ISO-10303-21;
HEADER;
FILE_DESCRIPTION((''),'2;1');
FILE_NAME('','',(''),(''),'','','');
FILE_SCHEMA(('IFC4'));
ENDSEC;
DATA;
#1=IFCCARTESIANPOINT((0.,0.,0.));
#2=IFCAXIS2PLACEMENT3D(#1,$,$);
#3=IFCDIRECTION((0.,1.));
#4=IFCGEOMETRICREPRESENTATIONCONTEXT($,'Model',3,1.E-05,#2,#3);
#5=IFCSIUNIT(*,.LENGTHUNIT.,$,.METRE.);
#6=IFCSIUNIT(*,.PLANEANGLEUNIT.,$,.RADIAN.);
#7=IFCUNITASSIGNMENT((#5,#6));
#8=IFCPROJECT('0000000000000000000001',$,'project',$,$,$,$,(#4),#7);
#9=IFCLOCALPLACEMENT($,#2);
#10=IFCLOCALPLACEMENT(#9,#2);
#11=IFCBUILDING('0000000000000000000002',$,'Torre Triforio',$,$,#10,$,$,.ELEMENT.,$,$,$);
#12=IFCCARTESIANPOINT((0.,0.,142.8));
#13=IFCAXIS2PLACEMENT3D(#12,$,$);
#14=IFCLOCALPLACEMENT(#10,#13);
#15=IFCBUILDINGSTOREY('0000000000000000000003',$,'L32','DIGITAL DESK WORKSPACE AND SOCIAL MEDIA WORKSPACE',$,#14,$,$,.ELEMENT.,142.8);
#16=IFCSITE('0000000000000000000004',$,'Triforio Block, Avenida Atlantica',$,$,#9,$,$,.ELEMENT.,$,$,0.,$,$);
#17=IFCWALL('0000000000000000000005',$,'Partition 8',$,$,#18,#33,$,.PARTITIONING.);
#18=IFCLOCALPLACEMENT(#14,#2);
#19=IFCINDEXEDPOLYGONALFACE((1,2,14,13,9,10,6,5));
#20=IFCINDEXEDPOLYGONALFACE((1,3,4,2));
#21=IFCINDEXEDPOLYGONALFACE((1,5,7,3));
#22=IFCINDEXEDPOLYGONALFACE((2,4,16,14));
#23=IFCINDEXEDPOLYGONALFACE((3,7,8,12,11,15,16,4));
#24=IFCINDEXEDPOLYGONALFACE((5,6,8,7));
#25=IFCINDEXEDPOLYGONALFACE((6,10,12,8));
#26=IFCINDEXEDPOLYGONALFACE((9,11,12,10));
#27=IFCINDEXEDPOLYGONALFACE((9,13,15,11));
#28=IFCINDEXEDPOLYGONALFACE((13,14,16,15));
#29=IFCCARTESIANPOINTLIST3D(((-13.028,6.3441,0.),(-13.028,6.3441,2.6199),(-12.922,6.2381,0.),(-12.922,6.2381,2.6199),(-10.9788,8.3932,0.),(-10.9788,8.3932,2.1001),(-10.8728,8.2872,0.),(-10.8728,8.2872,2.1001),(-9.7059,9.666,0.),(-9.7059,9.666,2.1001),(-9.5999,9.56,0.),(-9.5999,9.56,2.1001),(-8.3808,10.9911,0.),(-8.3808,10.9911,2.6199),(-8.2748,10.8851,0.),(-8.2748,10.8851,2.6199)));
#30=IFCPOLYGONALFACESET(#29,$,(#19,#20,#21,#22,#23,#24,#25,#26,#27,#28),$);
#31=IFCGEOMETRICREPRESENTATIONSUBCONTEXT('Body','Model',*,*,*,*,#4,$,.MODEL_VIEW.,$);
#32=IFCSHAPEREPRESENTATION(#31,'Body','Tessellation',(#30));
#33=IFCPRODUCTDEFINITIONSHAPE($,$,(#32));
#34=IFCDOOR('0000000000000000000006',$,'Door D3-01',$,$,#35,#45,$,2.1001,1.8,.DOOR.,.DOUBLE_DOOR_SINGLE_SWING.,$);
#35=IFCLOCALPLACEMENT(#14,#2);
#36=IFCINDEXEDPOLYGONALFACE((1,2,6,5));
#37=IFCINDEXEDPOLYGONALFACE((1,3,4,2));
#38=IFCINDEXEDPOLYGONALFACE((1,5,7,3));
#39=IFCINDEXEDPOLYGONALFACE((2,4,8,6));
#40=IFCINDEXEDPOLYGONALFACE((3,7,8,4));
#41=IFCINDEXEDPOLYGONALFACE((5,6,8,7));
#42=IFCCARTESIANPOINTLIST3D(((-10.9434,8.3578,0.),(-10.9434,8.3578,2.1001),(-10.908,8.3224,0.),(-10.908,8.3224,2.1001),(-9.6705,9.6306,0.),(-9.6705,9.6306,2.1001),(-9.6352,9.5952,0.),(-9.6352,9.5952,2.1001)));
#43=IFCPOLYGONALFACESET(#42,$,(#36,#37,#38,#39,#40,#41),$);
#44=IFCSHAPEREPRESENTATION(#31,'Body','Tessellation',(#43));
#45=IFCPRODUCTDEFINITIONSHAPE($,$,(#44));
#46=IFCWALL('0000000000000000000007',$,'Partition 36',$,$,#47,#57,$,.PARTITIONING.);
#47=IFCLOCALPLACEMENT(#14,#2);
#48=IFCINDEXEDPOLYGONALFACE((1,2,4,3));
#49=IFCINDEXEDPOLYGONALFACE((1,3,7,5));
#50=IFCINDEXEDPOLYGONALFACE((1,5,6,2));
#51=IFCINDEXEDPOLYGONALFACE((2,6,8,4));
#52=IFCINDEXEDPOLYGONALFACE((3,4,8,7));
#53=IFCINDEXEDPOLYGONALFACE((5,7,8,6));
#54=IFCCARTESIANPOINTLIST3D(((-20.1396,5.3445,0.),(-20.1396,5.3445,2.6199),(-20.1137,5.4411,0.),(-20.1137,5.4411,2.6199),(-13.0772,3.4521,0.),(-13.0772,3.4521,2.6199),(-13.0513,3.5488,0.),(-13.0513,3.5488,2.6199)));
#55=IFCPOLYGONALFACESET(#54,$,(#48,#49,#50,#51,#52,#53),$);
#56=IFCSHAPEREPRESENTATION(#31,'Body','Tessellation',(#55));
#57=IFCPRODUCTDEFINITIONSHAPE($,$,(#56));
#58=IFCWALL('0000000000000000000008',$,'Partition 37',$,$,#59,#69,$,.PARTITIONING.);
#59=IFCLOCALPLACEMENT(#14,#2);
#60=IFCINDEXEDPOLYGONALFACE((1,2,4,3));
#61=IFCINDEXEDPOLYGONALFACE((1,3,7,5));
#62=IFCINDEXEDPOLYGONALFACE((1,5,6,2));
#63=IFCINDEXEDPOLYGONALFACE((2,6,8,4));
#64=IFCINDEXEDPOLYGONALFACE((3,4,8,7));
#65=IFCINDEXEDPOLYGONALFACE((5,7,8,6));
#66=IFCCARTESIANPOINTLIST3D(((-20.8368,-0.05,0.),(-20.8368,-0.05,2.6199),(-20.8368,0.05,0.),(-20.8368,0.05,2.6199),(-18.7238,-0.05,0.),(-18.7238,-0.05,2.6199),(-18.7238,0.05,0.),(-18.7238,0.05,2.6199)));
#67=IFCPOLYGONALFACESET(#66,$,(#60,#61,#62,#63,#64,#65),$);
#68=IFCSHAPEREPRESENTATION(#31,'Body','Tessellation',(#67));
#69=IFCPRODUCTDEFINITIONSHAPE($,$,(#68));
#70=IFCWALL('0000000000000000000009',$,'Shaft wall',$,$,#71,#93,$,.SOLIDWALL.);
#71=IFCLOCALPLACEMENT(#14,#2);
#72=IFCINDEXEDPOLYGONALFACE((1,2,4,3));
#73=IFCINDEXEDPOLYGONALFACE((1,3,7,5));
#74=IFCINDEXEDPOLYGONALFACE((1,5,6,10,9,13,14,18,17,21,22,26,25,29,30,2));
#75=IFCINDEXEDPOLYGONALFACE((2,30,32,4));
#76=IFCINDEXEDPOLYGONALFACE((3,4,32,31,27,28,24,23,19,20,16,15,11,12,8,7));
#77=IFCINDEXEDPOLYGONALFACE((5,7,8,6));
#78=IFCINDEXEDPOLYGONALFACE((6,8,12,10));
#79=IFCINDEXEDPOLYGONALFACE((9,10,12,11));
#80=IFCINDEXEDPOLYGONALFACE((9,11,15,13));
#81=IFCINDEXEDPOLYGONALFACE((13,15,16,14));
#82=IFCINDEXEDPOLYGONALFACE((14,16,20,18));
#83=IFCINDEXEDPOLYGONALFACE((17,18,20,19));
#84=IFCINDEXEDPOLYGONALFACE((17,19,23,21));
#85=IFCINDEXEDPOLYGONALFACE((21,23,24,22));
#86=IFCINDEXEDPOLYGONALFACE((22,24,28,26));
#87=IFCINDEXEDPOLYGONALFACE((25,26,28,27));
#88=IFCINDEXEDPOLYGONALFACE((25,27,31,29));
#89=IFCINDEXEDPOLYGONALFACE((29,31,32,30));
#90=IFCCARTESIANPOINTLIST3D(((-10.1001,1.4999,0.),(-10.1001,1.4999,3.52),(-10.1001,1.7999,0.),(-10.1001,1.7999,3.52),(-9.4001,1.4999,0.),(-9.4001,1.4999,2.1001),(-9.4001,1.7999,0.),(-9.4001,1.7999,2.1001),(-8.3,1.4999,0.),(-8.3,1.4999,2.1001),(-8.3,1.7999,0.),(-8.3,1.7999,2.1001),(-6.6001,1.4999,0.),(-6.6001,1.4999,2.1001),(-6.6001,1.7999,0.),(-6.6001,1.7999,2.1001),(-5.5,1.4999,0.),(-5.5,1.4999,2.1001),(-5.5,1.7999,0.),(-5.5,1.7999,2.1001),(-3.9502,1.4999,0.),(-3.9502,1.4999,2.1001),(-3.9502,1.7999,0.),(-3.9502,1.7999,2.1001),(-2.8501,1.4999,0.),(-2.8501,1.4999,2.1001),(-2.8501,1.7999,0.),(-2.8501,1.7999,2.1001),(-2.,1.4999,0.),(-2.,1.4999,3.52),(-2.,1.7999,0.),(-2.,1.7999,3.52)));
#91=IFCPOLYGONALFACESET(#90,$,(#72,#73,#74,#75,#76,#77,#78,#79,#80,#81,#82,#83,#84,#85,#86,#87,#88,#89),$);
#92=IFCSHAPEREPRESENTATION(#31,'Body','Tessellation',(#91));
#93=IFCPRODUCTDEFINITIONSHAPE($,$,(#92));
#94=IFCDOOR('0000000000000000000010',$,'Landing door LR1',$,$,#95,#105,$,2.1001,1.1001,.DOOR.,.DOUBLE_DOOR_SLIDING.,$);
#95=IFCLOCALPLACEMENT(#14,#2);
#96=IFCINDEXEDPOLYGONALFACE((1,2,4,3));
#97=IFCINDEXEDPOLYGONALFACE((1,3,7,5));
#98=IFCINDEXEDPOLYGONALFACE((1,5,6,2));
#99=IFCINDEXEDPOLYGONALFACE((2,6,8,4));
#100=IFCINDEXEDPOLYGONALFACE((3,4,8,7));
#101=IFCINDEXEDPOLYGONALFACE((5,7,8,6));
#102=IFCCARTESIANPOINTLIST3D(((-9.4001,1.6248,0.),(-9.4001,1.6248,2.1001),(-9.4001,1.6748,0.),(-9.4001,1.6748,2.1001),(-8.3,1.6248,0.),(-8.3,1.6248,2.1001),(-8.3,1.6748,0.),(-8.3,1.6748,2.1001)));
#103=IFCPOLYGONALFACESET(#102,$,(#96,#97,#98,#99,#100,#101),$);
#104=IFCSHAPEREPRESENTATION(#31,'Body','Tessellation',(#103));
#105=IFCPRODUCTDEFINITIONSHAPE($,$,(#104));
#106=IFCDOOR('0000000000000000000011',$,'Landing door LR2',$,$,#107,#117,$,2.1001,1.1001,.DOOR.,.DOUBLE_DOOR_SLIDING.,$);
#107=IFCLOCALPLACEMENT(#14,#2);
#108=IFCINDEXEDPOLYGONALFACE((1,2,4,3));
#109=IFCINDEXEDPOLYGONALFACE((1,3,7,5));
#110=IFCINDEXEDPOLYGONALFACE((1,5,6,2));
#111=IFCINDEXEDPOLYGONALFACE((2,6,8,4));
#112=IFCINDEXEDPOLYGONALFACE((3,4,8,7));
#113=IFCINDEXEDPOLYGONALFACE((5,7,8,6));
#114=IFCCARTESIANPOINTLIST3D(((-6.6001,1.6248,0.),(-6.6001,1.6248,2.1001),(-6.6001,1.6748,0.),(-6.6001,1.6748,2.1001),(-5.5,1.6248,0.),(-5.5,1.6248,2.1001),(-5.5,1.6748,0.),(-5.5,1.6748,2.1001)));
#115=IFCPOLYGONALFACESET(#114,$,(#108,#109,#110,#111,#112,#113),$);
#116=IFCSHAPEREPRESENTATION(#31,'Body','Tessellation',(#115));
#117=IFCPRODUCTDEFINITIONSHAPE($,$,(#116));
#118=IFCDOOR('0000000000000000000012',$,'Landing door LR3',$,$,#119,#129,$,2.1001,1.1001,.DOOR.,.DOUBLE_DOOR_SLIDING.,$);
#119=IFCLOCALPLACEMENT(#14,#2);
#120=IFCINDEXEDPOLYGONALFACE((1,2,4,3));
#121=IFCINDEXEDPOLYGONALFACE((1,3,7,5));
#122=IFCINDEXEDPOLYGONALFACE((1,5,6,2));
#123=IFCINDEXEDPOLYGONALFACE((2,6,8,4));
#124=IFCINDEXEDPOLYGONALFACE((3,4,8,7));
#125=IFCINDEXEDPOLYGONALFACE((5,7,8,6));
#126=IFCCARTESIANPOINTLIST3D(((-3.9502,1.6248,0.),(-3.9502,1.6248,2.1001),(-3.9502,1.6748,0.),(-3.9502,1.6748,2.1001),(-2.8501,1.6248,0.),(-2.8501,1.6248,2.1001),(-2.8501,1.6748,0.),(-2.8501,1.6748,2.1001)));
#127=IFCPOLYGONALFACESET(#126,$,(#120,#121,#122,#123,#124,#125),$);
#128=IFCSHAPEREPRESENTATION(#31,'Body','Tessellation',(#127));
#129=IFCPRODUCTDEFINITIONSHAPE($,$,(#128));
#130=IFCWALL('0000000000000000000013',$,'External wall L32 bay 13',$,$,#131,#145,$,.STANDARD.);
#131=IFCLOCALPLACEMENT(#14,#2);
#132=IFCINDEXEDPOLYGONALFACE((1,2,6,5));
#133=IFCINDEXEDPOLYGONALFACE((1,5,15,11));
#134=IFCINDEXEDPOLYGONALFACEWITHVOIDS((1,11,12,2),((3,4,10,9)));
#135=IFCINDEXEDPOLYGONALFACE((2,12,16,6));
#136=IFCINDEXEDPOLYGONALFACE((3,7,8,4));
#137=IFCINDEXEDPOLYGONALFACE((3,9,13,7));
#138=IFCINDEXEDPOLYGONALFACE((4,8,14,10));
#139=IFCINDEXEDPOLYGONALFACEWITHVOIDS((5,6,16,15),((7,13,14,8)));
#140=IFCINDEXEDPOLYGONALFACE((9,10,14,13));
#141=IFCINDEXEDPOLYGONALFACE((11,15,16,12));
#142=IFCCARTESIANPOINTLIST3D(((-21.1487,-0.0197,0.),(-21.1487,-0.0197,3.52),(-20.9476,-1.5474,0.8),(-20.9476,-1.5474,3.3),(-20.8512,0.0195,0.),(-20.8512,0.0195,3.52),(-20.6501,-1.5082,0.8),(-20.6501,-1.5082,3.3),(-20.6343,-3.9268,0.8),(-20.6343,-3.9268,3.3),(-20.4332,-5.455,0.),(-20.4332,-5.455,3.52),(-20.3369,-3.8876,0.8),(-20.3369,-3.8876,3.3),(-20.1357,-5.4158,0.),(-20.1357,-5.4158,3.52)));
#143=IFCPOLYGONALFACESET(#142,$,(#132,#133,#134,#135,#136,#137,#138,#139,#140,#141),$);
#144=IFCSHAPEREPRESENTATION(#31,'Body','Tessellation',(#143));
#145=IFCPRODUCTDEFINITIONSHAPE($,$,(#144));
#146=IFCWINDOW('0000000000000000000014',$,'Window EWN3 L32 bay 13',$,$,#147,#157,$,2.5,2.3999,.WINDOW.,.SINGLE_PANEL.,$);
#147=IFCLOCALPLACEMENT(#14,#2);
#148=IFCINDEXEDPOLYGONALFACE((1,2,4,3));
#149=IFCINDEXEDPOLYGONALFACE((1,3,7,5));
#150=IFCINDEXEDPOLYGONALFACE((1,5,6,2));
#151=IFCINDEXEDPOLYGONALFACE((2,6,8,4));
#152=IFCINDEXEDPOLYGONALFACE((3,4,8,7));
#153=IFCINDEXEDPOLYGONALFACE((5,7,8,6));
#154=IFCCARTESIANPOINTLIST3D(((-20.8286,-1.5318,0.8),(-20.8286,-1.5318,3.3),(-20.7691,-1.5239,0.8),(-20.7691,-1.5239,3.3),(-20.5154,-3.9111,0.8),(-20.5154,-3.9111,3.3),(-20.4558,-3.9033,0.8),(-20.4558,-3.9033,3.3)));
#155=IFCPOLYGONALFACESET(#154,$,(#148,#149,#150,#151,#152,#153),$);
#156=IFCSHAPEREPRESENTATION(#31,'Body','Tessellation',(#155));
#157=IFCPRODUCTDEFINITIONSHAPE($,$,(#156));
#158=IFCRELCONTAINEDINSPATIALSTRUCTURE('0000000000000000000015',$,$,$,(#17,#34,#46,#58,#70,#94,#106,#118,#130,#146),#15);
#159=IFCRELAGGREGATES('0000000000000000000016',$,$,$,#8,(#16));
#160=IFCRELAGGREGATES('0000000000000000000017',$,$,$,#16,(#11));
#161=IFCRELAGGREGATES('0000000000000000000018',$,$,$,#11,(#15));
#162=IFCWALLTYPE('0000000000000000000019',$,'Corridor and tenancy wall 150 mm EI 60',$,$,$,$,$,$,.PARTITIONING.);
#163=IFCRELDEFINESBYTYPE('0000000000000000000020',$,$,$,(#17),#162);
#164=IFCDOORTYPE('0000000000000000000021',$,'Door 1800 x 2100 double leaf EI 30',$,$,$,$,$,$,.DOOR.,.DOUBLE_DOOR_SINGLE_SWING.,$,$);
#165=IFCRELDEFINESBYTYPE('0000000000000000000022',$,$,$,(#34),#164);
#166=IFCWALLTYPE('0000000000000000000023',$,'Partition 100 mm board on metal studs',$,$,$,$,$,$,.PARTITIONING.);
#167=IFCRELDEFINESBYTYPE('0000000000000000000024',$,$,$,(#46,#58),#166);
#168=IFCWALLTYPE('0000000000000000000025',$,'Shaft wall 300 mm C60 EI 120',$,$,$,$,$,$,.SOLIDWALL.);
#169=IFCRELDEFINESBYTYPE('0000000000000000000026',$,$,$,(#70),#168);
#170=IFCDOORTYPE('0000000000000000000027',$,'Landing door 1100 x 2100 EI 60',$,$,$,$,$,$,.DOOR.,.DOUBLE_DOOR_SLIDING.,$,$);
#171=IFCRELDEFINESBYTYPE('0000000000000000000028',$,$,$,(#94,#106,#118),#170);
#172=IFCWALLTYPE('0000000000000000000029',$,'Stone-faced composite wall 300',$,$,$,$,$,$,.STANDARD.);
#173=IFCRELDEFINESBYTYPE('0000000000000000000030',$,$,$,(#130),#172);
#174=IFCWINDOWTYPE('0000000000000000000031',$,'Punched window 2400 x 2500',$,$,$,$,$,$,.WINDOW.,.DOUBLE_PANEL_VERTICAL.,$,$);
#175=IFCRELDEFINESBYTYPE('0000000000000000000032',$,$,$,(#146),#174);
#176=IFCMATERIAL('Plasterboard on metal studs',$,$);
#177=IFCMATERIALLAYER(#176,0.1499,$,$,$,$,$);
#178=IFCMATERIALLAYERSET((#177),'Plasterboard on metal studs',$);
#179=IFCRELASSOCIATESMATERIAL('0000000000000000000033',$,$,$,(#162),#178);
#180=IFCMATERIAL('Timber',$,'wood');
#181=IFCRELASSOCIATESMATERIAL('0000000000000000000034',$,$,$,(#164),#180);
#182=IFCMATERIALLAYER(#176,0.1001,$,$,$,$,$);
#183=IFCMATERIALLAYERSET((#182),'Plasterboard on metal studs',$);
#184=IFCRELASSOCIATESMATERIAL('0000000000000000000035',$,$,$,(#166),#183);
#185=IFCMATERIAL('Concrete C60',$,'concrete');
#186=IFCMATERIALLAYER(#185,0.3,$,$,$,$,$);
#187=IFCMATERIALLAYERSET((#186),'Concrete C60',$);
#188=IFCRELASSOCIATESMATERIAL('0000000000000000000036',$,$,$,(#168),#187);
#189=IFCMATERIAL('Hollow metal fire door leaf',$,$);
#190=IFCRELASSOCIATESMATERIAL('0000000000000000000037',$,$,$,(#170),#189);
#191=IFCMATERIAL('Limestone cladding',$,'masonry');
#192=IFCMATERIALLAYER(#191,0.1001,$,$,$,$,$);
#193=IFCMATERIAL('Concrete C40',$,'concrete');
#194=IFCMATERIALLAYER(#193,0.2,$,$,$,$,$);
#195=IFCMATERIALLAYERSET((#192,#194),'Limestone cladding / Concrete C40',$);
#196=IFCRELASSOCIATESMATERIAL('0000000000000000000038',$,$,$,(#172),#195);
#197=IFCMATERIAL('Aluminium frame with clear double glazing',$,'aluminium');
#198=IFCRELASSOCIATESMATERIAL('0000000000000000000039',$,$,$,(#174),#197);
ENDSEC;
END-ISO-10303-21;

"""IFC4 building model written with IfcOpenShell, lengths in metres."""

from ifc_helpers import new_model, si_unit, direction, frame, frame_2d, origin, place, context, subcontext, project, spatial, rectangle, extrude, material, layer, layer_set, type_object, element, fill, save


model = new_model("IFC4")

# Units and contexts
model_context = context("Model", 3, precision=1e-05, world=origin(), true_north=direction((0.0, 1.0)))
body_context = subcontext(model_context, "Body", "Model", "MODEL_VIEW")
ifc_project = project(units=[si_unit("LENGTHUNIT", "METRE"), si_unit("PLANEANGLEUNIT", "RADIAN")], contexts=[model_context])

# Site, building, storey
site_placement = place(None, origin())
site = spatial("IfcSite", under=ifc_project, at=site_placement, Name="Triforio Block, Avenida Atlantica", CompositionType="ELEMENT", RefElevation=0.0)
building_placement = place(site_placement, origin())
building = spatial("IfcBuilding", under=site, at=building_placement, Name="Torre Triforio", CompositionType="ELEMENT")
storey_placement = place(building_placement, frame((0.0, 0.0, 142.8)))
storey = spatial("IfcBuildingStorey", under=building, at=storey_placement, Name="L32", Description="DIGITAL DESK WORKSPACE AND SOCIAL MEDIA WORKSPACE", CompositionType="ELEMENT", Elevation=142.8)

# Shared definitions
ifc_material_1 = material(Name="Concrete C60", Category="concrete")

# Wall, opening, door
ifc_material_2 = material(Name="Hollow metal fire door leaf")
ifc_material_3 = material(Name="Plasterboard on metal studs")
ifc_layer_1 = layer(ifc_material_3, 0.1499)
ifc_layer_set_1 = layer_set([ifc_layer_1], Name="Plasterboard on metal studs")
wall_type_1 = type_object("IfcWallType", Name="Corridor and tenancy wall 150 mm EI 60", PredefinedType="PARTITIONING", material=ifc_layer_set_1)
ifc_material_4 = material(Name="Timber", Category="wood")
wall_1_placement = place(storey_placement, frame((-12.9751, 6.291, 0.0), z_axis=(0.0, 0.0, 1.0), x_axis=(0.707125, 0.707088, 0.0)))
wall_1 = element("IfcWall", 1, at=wall_1_placement, inside=storey, type_object=wall_type_1, Name="Partition 8", PredefinedType="PARTITIONING", context=body_context, shape_type="SweptSolid", body=[
    extrude(rectangle(XDim=6.572, YDim=0.1499, at=frame_2d((3.2861, 0.0))), origin(), (0.0, 0.0, 1.0), 2.6199),
])
opening_1_placement = place(wall_1_placement, frame((2.8982, 0.0, 0.0)))
opening_1 = element("IfcOpeningElement", 2, at=opening_1_placement, cuts=wall_1, PredefinedType="OPENING", context=body_context, shape_type="SweptSolid", body=[
    extrude(rectangle(XDim=1.8, YDim=2.1001, at=frame_2d((0.8999, 1.05))), frame((0.0, 0.085, 0.0), z_axis=(0.0, -1.0, 0.0), x_axis=(1.0, 0.0, 0.0)), (0.0, 0.0, 1.0), 0.1699),
])
door_type_1 = type_object("IfcDoorType", Name="Door 1800 x 2100 double leaf EI 30", OperationType="DOUBLE_DOOR_SINGLE_SWING", PredefinedType="DOOR", material=ifc_material_4)
door_1_placement = place(opening_1_placement, origin())
door_1 = element("IfcDoor", 3, at=door_1_placement, inside=storey, type_object=door_type_1, Name="Door D3-01", OperationType="DOUBLE_DOOR_SINGLE_SWING", OverallHeight=2.1001, OverallWidth=1.8, PredefinedType="DOOR", context=body_context, shape_type="SweptSolid", body=[
    extrude(rectangle(XDim=1.8, YDim=2.1001, at=frame_2d((0.8999, 1.05))), frame((0.0, 0.0249, 0.0), z_axis=(0.0, -1.0, 0.0), x_axis=(1.0, 0.0, 0.0)), (0.0, 0.0, 1.0), 0.05),
])
fill(opening_1, door_1)

# Walls
ifc_layer_2 = layer(ifc_material_3, 0.1001)
ifc_layer_set_2 = layer_set([ifc_layer_2], Name="Plasterboard on metal studs")
wall_type_2 = type_object("IfcWallType", Name="Partition 100 mm board on metal studs", PredefinedType="PARTITIONING", material=ifc_layer_set_2)
wall_2_placement = place(storey_placement, frame((-13.0642, 3.5005, 0.0), z_axis=(0.0, 0.0, 1.0), x_axis=(-0.965928, 0.258812, 0.0)))
element("IfcWall", 4, at=wall_2_placement, inside=storey, type_object=wall_type_2, Name="Partition 36", PredefinedType="PARTITIONING", context=body_context, shape_type="SweptSolid", body=[
    extrude(rectangle(XDim=7.3115, YDim=0.1001, at=frame_2d((3.6558, 0.0))), origin(), (0.0, 0.0, 1.0), 2.6199),
])
wall_3_placement = place(storey_placement, frame((-18.7236, 0.0, 0.0), z_axis=(0.0, 0.0, 1.0), x_axis=(-1.0, 0.0, 0.0)))
element("IfcWall", 5, at=wall_3_placement, inside=storey, type_object=wall_type_2, Name="Partition 37", PredefinedType="PARTITIONING", context=body_context, shape_type="SweptSolid", body=[
    extrude(rectangle(XDim=2.113, YDim=0.1001, at=frame_2d((1.0566, 0.0))), origin(), (0.0, 0.0, 1.0), 2.6199),
])

# Wall, openings, doors
ifc_layer_3 = layer(ifc_material_1, 0.3)
ifc_layer_set_3 = layer_set([ifc_layer_3], Name="Concrete C60")
wall_type_3 = type_object("IfcWallType", Name="Shaft wall 300 mm C60 EI 120", PredefinedType="SOLIDWALL", material=ifc_layer_set_3)
wall_4_placement = place(storey_placement, frame((-10.1001, 1.6499, 0.0), z_axis=(0.0, 0.0, 1.0), x_axis=(1.0, 0.0, 0.0)))
wall_4 = element("IfcWall", 6, at=wall_4_placement, inside=storey, type_object=wall_type_3, Name="Shaft wall", PredefinedType="SOLIDWALL", context=body_context, shape_type="SweptSolid", body=[
    extrude(rectangle(XDim=8.1001, YDim=0.3, at=frame_2d((4.05, 0.0))), origin(), (0.0, 0.0, 1.0), 3.52),
])
opening_2_placement = place(wall_4_placement, frame((0.7, 0.0, 0.0)))
opening_2 = element("IfcOpeningElement", 7, at=opening_2_placement, cuts=wall_4, PredefinedType="OPENING", context=body_context, shape_type="SweptSolid", body=[
    extrude(rectangle(XDim=1.1001, YDim=2.1001, at=frame_2d((0.55, 1.05))), frame((0.0, 0.1599, 0.0), z_axis=(0.0, -1.0, 0.0), x_axis=(1.0, 0.0, 0.0)), (0.0, 0.0, 1.0), 0.3201),
])
opening_3_placement = place(wall_4_placement, frame((3.5, 0.0, 0.0)))
opening_3 = element("IfcOpeningElement", 8, at=opening_3_placement, cuts=wall_4, PredefinedType="OPENING", context=body_context, shape_type="SweptSolid", body=[
    extrude(rectangle(XDim=1.1001, YDim=2.1001, at=frame_2d((0.55, 1.05))), frame((0.0, 0.1599, 0.0), z_axis=(0.0, -1.0, 0.0), x_axis=(1.0, 0.0, 0.0)), (0.0, 0.0, 1.0), 0.3201),
])
opening_4_placement = place(wall_4_placement, frame((6.1499, 0.0, 0.0)))
opening_4 = element("IfcOpeningElement", 9, at=opening_4_placement, cuts=wall_4, PredefinedType="OPENING", context=body_context, shape_type="SweptSolid", body=[
    extrude(rectangle(XDim=1.1001, YDim=2.1001, at=frame_2d((0.55, 1.05))), frame((0.0, 0.1599, 0.0), z_axis=(0.0, -1.0, 0.0), x_axis=(1.0, 0.0, 0.0)), (0.0, 0.0, 1.0), 0.3201),
])
door_type_2 = type_object("IfcDoorType", Name="Landing door 1100 x 2100 EI 60", OperationType="DOUBLE_DOOR_SLIDING", PredefinedType="DOOR", material=ifc_material_2)
door_2_placement = place(opening_2_placement, origin())
door_2 = element("IfcDoor", 10, at=door_2_placement, inside=storey, type_object=door_type_2, Name="Landing door LR1", OperationType="DOUBLE_DOOR_SLIDING", OverallHeight=2.1001, OverallWidth=1.1001, PredefinedType="DOOR", context=body_context, shape_type="SweptSolid", body=[
    extrude(rectangle(XDim=1.1001, YDim=2.1001, at=frame_2d((0.55, 1.05))), frame((0.0, 0.0249, 0.0), z_axis=(0.0, -1.0, 0.0), x_axis=(1.0, 0.0, 0.0)), (0.0, 0.0, 1.0), 0.05),
])
fill(opening_2, door_2)
door_3_placement = place(opening_3_placement, origin())
door_3 = element("IfcDoor", 11, at=door_3_placement, inside=storey, type_object=door_type_2, Name="Landing door LR2", OperationType="DOUBLE_DOOR_SLIDING", OverallHeight=2.1001, OverallWidth=1.1001, PredefinedType="DOOR", context=body_context, shape_type="SweptSolid", body=[
    extrude(rectangle(XDim=1.1001, YDim=2.1001, at=frame_2d((0.55, 1.05))), frame((0.0, 0.0249, 0.0), z_axis=(0.0, -1.0, 0.0), x_axis=(1.0, 0.0, 0.0)), (0.0, 0.0, 1.0), 0.05),
])
fill(opening_3, door_3)
door_4_placement = place(opening_4_placement, origin())
door_4 = element("IfcDoor", 12, at=door_4_placement, inside=storey, type_object=door_type_2, Name="Landing door LR3", OperationType="DOUBLE_DOOR_SLIDING", OverallHeight=2.1001, OverallWidth=1.1001, PredefinedType="DOOR", context=body_context, shape_type="SweptSolid", body=[
    extrude(rectangle(XDim=1.1001, YDim=2.1001, at=frame_2d((0.55, 1.05))), frame((0.0, 0.0249, 0.0), z_axis=(0.0, -1.0, 0.0), x_axis=(1.0, 0.0, 0.0)), (0.0, 0.0, 1.0), 0.05),
])
fill(opening_4, door_4)

# Shared definitions
ifc_material_5 = material(Name="Limestone cladding", Category="masonry")
ifc_layer_4 = layer(ifc_material_5, 0.1001)
ifc_material_6 = material(Name="Concrete C40", Category="concrete")
ifc_layer_5 = layer(ifc_material_6, 0.2)
ifc_layer_set_4 = layer_set([ifc_layer_4, ifc_layer_5], Name="Limestone cladding / Concrete C40")
wall_type_4 = type_object("IfcWallType", Name="Stone-faced composite wall 300", PredefinedType="STANDARD", material=ifc_layer_set_4)
ifc_material_7 = material(Name="Aluminium frame with clear double glazing", Category="aluminium")

# Wall, opening, window
wall_5_placement = place(storey_placement, frame((-21.0, 0.0, 0.0), z_axis=(0.0, 0.0, 1.0), x_axis=(0.130527, -0.991445, 0.0)))
wall_5 = element("IfcWall", 13, at=wall_5_placement, inside=storey, type_object=wall_type_4, Name="External wall L32 bay 13", PredefinedType="STANDARD", context=body_context, shape_type="SweptSolid", body=[
    extrude(rectangle(XDim=5.4822, YDim=0.3, at=frame_2d((2.7412, 0.0))), origin(), (0.0, 0.0, 1.0), 3.52),
])
opening_5_placement = place(wall_5_placement, frame((1.541, 0.0, 0.8)))
opening_5 = element("IfcOpeningElement", 14, at=opening_5_placement, cuts=wall_5, PredefinedType="OPENING", context=body_context, shape_type="SweptSolid", body=[
    extrude(rectangle(XDim=2.3999, YDim=2.5, at=frame_2d((1.2, 1.25))), frame((0.0, 0.1599, 0.0), z_axis=(0.0, -1.0, 0.0), x_axis=(1.0, 0.0, 0.0)), (0.0, 0.0, 1.0), 0.3201),
])
window_type_1 = type_object("IfcWindowType", Name="Punched window 2400 x 2500", PartitioningType="DOUBLE_PANEL_VERTICAL", PredefinedType="WINDOW", material=ifc_material_7)
window_1_placement = place(opening_5_placement, origin())
window_1 = element("IfcWindow", 15, at=window_1_placement, inside=storey, type_object=window_type_1, Name="Window EWN3 L32 bay 13", OverallHeight=2.5, OverallWidth=2.3999, PartitioningType="SINGLE_PANEL", PredefinedType="WINDOW", context=body_context, shape_type="SweptSolid", body=[
    extrude(rectangle(XDim=2.3999, YDim=2.5, at=frame_2d((1.2, 1.25))), frame((0.0, 0.03, 0.0), z_axis=(0.0, -1.0, 0.0), x_axis=(1.0, 0.0, 0.0)), (0.0, 0.0, 1.0), 0.0601),
])
fill(opening_5, window_1)

save(model, "model.ifc")
